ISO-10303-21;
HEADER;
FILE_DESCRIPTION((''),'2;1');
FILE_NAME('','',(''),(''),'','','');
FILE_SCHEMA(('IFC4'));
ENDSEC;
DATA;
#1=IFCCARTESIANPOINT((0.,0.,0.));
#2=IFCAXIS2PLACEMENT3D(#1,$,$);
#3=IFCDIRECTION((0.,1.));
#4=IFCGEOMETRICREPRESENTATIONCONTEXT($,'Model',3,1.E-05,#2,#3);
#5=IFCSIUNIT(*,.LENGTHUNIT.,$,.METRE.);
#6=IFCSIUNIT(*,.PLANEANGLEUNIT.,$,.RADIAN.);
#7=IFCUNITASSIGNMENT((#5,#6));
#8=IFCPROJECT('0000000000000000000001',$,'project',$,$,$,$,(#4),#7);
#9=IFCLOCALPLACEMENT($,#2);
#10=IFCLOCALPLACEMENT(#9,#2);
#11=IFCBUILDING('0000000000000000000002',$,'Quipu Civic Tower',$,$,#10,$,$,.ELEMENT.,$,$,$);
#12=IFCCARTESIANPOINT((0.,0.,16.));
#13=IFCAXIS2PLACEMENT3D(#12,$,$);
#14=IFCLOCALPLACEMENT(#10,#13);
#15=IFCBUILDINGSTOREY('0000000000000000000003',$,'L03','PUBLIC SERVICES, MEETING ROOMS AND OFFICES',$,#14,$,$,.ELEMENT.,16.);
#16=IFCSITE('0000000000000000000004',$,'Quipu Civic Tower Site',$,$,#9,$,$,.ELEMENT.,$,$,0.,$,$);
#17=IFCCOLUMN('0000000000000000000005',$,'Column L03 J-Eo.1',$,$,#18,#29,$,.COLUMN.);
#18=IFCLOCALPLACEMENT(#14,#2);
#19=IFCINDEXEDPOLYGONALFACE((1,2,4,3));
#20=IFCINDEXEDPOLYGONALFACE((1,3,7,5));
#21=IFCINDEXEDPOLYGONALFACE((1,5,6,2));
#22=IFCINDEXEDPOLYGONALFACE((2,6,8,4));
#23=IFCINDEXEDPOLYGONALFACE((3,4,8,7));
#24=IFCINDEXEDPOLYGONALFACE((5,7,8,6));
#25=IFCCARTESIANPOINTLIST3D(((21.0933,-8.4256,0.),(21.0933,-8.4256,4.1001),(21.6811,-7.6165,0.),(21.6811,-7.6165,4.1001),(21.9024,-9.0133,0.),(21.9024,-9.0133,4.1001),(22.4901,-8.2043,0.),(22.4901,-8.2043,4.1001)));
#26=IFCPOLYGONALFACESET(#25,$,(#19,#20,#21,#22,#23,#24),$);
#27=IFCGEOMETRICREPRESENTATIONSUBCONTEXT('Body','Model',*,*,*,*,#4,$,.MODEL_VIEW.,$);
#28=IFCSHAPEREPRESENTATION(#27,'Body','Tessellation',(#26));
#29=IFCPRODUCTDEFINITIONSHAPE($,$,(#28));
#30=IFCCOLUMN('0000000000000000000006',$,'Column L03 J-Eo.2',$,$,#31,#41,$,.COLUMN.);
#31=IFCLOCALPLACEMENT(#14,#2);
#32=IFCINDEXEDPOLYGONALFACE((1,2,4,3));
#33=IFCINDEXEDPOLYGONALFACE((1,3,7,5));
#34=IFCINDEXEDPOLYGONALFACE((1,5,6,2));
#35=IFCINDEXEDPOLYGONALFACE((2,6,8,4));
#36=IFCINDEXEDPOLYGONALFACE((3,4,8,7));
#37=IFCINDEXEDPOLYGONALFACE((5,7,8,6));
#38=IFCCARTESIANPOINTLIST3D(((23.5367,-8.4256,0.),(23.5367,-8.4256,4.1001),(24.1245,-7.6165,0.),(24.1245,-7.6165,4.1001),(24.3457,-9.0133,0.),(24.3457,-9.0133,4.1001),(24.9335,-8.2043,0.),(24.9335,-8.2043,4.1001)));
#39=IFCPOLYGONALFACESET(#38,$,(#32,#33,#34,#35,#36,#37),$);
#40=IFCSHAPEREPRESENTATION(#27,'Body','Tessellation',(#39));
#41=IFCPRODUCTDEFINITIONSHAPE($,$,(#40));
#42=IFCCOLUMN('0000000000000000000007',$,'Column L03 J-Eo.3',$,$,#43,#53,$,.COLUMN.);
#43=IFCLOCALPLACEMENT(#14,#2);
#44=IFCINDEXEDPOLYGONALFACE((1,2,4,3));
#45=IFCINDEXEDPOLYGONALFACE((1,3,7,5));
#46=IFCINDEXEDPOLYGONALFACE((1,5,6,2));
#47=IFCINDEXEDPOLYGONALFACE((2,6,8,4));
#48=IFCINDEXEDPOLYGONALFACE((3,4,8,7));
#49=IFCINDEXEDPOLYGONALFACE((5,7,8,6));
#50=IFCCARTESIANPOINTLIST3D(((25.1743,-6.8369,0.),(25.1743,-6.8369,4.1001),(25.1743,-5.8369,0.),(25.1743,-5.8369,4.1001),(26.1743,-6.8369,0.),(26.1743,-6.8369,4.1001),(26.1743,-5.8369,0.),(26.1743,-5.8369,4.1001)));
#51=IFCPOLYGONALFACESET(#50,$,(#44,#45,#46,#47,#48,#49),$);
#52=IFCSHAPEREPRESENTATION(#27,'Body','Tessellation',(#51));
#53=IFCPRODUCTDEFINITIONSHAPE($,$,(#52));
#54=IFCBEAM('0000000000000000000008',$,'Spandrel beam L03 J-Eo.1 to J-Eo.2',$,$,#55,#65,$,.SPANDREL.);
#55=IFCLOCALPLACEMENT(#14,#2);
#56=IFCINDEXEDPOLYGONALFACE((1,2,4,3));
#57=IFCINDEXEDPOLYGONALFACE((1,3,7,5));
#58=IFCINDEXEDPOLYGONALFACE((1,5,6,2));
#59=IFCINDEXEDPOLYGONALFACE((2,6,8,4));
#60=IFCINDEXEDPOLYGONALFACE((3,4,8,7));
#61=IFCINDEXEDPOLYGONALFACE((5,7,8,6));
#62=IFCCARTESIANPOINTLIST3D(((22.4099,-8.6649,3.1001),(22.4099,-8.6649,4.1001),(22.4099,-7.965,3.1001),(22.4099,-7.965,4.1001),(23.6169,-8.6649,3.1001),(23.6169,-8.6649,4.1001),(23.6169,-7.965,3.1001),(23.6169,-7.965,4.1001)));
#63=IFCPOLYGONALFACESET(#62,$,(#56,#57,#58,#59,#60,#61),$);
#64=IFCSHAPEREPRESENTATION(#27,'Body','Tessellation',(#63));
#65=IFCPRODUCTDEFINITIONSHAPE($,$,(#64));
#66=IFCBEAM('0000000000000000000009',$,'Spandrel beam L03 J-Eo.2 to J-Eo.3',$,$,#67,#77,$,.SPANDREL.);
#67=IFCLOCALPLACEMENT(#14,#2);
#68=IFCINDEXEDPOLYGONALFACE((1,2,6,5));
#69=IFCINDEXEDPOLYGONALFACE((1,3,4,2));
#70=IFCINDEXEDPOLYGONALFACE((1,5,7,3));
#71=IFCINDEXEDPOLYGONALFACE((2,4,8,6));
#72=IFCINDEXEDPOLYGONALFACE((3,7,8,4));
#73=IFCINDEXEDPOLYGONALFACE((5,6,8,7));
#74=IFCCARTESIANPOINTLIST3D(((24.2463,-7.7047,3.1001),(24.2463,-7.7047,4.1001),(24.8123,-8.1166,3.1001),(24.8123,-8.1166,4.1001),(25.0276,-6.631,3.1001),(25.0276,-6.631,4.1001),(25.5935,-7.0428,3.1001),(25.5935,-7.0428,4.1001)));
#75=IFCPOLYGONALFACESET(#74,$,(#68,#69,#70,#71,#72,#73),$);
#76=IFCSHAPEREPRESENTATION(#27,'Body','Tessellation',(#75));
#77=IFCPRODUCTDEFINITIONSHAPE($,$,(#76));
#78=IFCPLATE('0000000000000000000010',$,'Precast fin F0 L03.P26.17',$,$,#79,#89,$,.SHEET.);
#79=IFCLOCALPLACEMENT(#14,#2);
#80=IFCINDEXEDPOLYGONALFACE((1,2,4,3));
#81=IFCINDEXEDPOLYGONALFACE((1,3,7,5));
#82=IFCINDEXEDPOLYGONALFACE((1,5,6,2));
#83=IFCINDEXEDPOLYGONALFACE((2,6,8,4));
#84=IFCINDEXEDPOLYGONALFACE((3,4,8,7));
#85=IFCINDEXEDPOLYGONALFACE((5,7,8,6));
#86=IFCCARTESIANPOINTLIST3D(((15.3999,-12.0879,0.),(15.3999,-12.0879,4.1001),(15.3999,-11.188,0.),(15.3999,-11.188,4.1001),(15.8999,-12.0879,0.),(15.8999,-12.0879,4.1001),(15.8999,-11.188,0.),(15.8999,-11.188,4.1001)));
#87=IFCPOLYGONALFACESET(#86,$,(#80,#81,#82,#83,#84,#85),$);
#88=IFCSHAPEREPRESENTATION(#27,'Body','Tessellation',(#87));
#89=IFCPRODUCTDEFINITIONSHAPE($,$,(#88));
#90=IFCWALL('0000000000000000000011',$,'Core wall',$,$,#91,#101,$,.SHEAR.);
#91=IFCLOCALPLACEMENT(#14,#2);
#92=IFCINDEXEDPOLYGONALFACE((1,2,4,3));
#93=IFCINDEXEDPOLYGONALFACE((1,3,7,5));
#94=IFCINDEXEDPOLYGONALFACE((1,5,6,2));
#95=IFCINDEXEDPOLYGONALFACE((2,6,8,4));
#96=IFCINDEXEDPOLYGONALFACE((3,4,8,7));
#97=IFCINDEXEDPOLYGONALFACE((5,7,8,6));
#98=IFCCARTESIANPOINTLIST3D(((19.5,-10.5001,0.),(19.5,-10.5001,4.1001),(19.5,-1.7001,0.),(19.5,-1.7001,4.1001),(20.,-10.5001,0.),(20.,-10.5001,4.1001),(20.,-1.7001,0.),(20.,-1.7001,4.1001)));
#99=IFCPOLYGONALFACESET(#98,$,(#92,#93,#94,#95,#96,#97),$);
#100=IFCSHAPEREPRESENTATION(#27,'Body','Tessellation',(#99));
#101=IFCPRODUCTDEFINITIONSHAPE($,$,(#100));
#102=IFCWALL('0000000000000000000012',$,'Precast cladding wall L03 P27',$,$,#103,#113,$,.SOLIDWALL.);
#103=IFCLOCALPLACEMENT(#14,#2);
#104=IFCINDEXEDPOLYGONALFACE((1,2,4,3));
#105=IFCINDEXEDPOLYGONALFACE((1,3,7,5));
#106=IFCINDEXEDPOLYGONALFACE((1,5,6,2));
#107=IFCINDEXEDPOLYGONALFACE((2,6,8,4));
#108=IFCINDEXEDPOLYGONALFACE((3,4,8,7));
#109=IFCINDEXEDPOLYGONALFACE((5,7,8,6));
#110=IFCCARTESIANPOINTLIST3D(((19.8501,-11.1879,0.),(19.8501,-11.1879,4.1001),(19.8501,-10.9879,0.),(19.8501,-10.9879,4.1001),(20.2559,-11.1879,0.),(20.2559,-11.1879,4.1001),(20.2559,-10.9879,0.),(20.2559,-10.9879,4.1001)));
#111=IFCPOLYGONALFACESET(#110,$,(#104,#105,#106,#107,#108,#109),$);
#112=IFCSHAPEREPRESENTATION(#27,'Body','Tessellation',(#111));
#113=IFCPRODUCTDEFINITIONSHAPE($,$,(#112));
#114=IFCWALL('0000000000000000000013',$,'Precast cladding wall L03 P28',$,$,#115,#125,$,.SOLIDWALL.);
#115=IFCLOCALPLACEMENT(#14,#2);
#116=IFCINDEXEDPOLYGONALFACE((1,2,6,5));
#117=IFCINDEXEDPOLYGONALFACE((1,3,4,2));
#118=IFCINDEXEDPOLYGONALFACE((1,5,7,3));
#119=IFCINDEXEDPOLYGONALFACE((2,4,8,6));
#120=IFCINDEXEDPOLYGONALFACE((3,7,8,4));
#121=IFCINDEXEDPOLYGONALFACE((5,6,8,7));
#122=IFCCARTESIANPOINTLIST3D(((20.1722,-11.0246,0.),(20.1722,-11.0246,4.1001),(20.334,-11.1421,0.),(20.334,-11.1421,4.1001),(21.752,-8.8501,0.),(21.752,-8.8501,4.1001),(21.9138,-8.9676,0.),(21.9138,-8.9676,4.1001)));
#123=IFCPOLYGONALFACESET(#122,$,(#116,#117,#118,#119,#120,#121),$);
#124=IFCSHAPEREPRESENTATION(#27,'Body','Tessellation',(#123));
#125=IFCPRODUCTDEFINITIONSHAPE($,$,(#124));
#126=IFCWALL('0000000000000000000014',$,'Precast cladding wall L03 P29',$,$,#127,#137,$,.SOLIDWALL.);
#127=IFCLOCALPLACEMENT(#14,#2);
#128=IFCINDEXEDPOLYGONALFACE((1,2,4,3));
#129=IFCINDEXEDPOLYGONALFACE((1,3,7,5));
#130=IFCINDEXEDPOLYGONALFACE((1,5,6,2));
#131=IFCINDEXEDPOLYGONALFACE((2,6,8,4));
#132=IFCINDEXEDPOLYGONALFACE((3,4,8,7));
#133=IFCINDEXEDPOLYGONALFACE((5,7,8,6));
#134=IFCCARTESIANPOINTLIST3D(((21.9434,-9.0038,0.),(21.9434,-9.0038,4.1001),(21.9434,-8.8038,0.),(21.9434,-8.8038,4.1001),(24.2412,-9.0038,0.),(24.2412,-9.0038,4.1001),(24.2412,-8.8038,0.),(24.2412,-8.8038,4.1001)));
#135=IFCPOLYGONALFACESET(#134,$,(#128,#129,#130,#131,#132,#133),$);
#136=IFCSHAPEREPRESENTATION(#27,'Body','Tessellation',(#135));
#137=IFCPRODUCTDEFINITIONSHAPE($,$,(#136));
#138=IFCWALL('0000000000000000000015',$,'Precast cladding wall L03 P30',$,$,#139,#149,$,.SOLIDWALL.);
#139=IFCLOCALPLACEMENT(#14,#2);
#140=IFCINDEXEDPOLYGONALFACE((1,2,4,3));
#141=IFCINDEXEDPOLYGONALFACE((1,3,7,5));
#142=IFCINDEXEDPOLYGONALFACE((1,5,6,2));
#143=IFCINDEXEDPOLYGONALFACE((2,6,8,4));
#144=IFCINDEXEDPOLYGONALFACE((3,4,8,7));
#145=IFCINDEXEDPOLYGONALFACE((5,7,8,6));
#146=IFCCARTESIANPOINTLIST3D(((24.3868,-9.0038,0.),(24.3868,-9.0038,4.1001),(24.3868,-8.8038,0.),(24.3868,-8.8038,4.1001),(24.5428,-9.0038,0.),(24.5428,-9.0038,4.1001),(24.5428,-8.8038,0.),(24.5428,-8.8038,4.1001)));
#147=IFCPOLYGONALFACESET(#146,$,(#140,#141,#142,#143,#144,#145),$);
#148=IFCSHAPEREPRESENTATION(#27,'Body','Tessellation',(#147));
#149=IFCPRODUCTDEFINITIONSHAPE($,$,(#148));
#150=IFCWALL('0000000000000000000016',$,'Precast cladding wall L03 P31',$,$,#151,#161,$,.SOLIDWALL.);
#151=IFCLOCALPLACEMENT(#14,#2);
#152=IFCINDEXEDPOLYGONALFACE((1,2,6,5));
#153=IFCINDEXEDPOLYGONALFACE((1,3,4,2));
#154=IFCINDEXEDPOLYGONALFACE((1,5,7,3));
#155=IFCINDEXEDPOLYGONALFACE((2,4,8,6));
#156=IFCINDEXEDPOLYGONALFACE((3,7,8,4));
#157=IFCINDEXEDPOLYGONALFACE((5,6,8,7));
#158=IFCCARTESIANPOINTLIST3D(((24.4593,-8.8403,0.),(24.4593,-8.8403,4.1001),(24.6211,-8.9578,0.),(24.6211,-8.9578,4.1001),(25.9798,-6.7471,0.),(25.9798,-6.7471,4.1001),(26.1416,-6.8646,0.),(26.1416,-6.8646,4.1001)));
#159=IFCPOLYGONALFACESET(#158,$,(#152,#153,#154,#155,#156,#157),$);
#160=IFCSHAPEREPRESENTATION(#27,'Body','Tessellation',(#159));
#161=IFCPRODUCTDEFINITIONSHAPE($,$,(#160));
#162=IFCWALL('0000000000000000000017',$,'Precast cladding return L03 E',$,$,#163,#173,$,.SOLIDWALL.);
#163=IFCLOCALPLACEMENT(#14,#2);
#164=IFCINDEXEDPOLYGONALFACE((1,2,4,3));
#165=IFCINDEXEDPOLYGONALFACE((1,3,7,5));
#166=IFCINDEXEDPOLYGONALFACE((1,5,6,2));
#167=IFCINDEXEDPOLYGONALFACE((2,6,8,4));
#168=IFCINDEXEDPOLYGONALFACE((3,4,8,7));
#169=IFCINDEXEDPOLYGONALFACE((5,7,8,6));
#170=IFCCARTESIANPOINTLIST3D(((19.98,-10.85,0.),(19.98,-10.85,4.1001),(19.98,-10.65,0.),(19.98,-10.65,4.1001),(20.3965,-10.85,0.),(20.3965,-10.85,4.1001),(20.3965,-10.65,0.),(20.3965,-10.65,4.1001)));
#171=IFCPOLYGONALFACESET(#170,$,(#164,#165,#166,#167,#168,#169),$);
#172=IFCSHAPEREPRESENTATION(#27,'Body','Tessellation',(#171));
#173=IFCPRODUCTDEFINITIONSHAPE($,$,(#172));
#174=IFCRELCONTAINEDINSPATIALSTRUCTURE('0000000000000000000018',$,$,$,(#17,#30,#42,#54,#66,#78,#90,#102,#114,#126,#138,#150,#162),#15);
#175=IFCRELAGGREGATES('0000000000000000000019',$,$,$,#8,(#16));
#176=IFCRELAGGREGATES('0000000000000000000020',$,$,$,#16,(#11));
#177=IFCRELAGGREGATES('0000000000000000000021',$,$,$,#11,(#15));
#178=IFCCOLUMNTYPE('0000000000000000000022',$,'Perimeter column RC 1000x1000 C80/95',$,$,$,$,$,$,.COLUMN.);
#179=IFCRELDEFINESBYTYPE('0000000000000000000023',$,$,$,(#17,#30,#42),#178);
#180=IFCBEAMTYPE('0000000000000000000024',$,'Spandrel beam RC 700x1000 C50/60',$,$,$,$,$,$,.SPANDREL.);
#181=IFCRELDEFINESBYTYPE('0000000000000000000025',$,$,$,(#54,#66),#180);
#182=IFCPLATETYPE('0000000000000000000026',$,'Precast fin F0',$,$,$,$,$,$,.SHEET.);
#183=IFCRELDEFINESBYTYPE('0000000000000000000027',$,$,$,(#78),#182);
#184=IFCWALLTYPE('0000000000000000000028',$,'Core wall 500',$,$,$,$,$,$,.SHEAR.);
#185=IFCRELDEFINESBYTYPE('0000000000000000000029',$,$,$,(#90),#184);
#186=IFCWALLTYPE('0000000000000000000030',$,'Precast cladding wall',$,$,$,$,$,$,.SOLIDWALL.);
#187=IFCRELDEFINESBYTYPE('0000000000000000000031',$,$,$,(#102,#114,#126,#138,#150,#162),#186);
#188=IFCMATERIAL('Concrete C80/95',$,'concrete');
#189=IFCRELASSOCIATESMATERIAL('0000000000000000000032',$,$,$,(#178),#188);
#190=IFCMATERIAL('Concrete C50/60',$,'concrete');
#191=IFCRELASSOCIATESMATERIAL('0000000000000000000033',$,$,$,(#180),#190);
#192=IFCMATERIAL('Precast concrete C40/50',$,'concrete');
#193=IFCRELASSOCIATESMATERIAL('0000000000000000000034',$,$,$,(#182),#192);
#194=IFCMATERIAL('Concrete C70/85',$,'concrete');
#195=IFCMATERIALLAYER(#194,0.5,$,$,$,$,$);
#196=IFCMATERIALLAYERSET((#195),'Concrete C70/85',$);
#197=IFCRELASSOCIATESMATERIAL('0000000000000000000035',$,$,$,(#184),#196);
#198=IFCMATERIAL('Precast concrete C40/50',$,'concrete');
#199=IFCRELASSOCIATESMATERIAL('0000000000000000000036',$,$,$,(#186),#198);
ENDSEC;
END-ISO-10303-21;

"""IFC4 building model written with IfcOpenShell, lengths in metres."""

from ifc_helpers import new_model, si_unit, direction, frame, frame_2d, origin, origin_2d, place, context, subcontext, project, spatial, rectangle, extrude, material, layer, layer_set, material_profile, profile_set, type_object, element, save


model = new_model("IFC4")

# Units and contexts
model_context = context("Model", 3, precision=1e-05, world=origin(), true_north=direction((0.0, 1.0)))
body_context = subcontext(model_context, "Body", "Model", "MODEL_VIEW")
ifc_project = project(units=[si_unit("LENGTHUNIT", "METRE"), si_unit("PLANEANGLEUNIT", "RADIAN")], contexts=[model_context])

# Site, building, storey
site_placement = place(None, origin())
site = spatial("IfcSite", under=ifc_project, at=site_placement, Name="Quipu Civic Tower Site", CompositionType="ELEMENT", RefElevation=0.0)
building_placement = place(site_placement, origin())
building = spatial("IfcBuilding", under=site, at=building_placement, Name="Quipu Civic Tower", CompositionType="ELEMENT")
storey_placement = place(building_placement, frame((0.0, 0.0, 16.0)))
storey = spatial("IfcBuildingStorey", under=building, at=storey_placement, Name="L03", Description="PUBLIC SERVICES, MEETING ROOMS AND OFFICES", CompositionType="ELEMENT", Elevation=16.0)

# Columns
ifc_material_1 = material(Name="Concrete C80/95", Category="concrete")
ifc_material_profile_1 = material_profile(ifc_material_1, rectangle(XDim=1.0, YDim=1.0, at=origin_2d()), Name="RC1000x1000")
ifc_profile_set_1 = profile_set([ifc_material_profile_1], Name="Concrete C80/95")
column_type = type_object("IfcColumnType", Name="Perimeter column RC 1000x1000 C80/95", PredefinedType="COLUMN", material=ifc_profile_set_1)
for number, where, z_axis, x_axis, name in (
    (1, (21.7917, -8.3149, 0.0), (0.0, 0.0, 1.0), (0.587785, 0.809017, 0.0), "Column L03 J-Eo.1"),
    (2, (24.2351, -8.3149, 0.0), (0.0, 0.0, 1.0), (0.587785, 0.809017, 0.0), "Column L03 J-Eo.2"),
    (3, (25.6743, -6.3369, 0.0), (0.0, 0.0, 1.0), (1.0, 0.0, 0.0), "Column L03 J-Eo.3"),
):
    element("IfcColumn", number, at=place(storey_placement, frame(where, z_axis=z_axis, x_axis=x_axis)), inside=storey, type_object=column_type, Name=name, PredefinedType="COLUMN", context=body_context, shape_type="SweptSolid", body=[
        extrude(rectangle(XDim=1.0, YDim=1.0, at=origin_2d()), origin(), (0.0, 0.0, 1.0), 4.1001),
    ])

# Beams
ifc_material_2 = material(Name="Concrete C50/60", Category="concrete")
ifc_material_profile_2 = material_profile(ifc_material_2, rectangle(XDim=0.7, YDim=1.0, at=origin_2d()), Name="RC700x1000")
ifc_profile_set_2 = profile_set([ifc_material_profile_2], Name="Concrete C50/60")
beam_type = type_object("IfcBeamType", Name="Spandrel beam RC 700x1000 C50/60", PredefinedType="SPANDREL", material=ifc_profile_set_2)
beam_1_placement = place(storey_placement, frame((22.4099, -8.3149, 3.6001), z_axis=(1.0, 0.0, 0.0), x_axis=(0.0, 1.0, 0.0)))
element("IfcBeam", 4, at=beam_1_placement, inside=storey, type_object=beam_type, Name="Spandrel beam L03 J-Eo.1 to J-Eo.2", PredefinedType="SPANDREL", context=body_context, shape_type="SweptSolid", body=[
    extrude(rectangle(XDim=0.7, YDim=1.0, at=origin_2d()), origin(), (0.0, 0.0, 1.0), 1.207),
])
beam_2_placement = place(storey_placement, frame((24.5293, -7.9106, 3.6001), z_axis=(0.588347, 0.808609, 0.0), x_axis=(-0.808609, 0.588347, 0.0)))
element("IfcBeam", 5, at=beam_2_placement, inside=storey, type_object=beam_type, Name="Spandrel beam L03 J-Eo.2 to J-Eo.3", PredefinedType="SPANDREL", context=body_context, shape_type="SweptSolid", body=[
    extrude(rectangle(XDim=0.7, YDim=1.0, at=origin_2d()), origin(), (0.0, 0.0, 1.0), 1.3279),
])

# Plate
ifc_material_3 = material(Name="Precast concrete C40/50", Category="concrete")
plate_type = type_object("IfcPlateType", Name="Precast fin F0", PredefinedType="SHEET", material=ifc_material_3)
plate_placement = place(storey_placement, frame((15.6499, -11.6379, 0.0), z_axis=(0.0, 0.0, 1.0), x_axis=(1.0, 0.0, 0.0)))
element("IfcPlate", 6, at=plate_placement, inside=storey, type_object=plate_type, Name="Precast fin F0 L03.P26.17", PredefinedType="SHEET", context=body_context, shape_type="SweptSolid", body=[
    extrude(rectangle(XDim=0.5, YDim=0.8999, at=origin_2d()), origin(), (0.0, 0.0, 1.0), 4.1001),
])

# Walls
ifc_material_4 = material(Name="Concrete C70/85", Category="concrete")
ifc_layer = layer(ifc_material_4, 0.5)
ifc_layer_set = layer_set([ifc_layer], Name="Concrete C70/85")
wall_type_1 = type_object("IfcWallType", Name="Core wall 500", PredefinedType="SHEAR", material=ifc_layer_set)
wall_1_placement = place(storey_placement, frame((19.75, -10.5, 0.0), z_axis=(0.0, 0.0, 1.0), x_axis=(0.0, 1.0, 0.0)))
element("IfcWall", 7, at=wall_1_placement, inside=storey, type_object=wall_type_1, Name="Core wall", PredefinedType="SHEAR", context=body_context, shape_type="SweptSolid", body=[
    extrude(rectangle(XDim=8.8, YDim=0.5, at=frame_2d((4.3999, 0.0))), origin(), (0.0, 0.0, 1.0), 4.1001),
])
ifc_material_5 = material(Name="Precast concrete C40/50", Category="concrete")
wall_type_2 = type_object("IfcWallType", Name="Precast cladding wall", PredefinedType="SOLIDWALL", material=ifc_material_5)
wall_2_placement = place(storey_placement, frame((19.8501, -11.0879, 0.0), z_axis=(0.0, 0.0, 1.0), x_axis=(1.0, 0.0, 0.0)))
element("IfcWall", 8, at=wall_2_placement, inside=storey, type_object=wall_type_2, Name="Precast cladding wall L03 P27", PredefinedType="SOLIDWALL", context=body_context, shape_type="SweptSolid", body=[
    extrude(rectangle(XDim=0.4058, YDim=0.2, at=frame_2d((0.2029, 0.0))), origin(), (0.0, 0.0, 1.0), 4.1001),
])
wall_3_placement = place(storey_placement, frame((20.2532, -11.0833, 0.0), z_axis=(0.0, 0.0, 1.0), x_axis=(0.587767, 0.809031, 0.0)))
element("IfcWall", 9, at=wall_3_placement, inside=storey, type_object=wall_type_2, Name="Precast cladding wall L03 P28", PredefinedType="SOLIDWALL", context=body_context, shape_type="SweptSolid", body=[
    extrude(rectangle(XDim=2.6877, YDim=0.2, at=frame_2d((1.3438, 0.0))), origin(), (0.0, 0.0, 1.0), 4.1001),
])
wall_4_placement = place(storey_placement, frame((21.9434, -8.9038, 0.0), z_axis=(0.0, 0.0, 1.0), x_axis=(1.0, 0.0, 0.0)))
element("IfcWall", 10, at=wall_4_placement, inside=storey, type_object=wall_type_2, Name="Precast cladding wall L03 P29", PredefinedType="SOLIDWALL", context=body_context, shape_type="SweptSolid", body=[
    extrude(rectangle(XDim=2.2979, YDim=0.2, at=frame_2d((1.1489, 0.0))), origin(), (0.0, 0.0, 1.0), 4.1001),
])
wall_5_placement = place(storey_placement, frame((24.3867, -8.9038, 0.0), z_axis=(0.0, 0.0, 1.0), x_axis=(1.0, 0.0, 0.0)))
element("IfcWall", 11, at=wall_5_placement, inside=storey, type_object=wall_type_2, Name="Precast cladding wall L03 P30", PredefinedType="SOLIDWALL", context=body_context, shape_type="SweptSolid", body=[
    extrude(rectangle(XDim=0.156, YDim=0.2, at=frame_2d((0.0781, 0.0))), origin(), (0.0, 0.0, 1.0), 4.1001),
])
wall_6_placement = place(storey_placement, frame((24.5403, -8.8989, 0.0), z_axis=(0.0, 0.0, 1.0), x_axis=(0.5877, 0.809079, 0.0)))
element("IfcWall", 12, at=wall_6_placement, inside=storey, type_object=wall_type_2, Name="Precast cladding wall L03 P31", PredefinedType="SOLIDWALL", context=body_context, shape_type="SweptSolid", body=[
    extrude(rectangle(XDim=2.5872, YDim=0.2, at=frame_2d((1.2935, 0.0))), origin(), (0.0, 0.0, 1.0), 4.1001),
])
wall_7_placement = place(storey_placement, frame((19.98, -10.75, 0.0), z_axis=(0.0, 0.0, 1.0), x_axis=(1.0, 0.0, 0.0)))
element("IfcWall", 13, at=wall_7_placement, inside=storey, type_object=wall_type_2, Name="Precast cladding return L03 E", PredefinedType="SOLIDWALL", context=body_context, shape_type="SweptSolid", body=[
    extrude(rectangle(XDim=0.4165, YDim=0.2, at=frame_2d((0.2083, 0.0))), origin(), (0.0, 0.0, 1.0), 4.1001),
])

save(model, "model.ifc")
